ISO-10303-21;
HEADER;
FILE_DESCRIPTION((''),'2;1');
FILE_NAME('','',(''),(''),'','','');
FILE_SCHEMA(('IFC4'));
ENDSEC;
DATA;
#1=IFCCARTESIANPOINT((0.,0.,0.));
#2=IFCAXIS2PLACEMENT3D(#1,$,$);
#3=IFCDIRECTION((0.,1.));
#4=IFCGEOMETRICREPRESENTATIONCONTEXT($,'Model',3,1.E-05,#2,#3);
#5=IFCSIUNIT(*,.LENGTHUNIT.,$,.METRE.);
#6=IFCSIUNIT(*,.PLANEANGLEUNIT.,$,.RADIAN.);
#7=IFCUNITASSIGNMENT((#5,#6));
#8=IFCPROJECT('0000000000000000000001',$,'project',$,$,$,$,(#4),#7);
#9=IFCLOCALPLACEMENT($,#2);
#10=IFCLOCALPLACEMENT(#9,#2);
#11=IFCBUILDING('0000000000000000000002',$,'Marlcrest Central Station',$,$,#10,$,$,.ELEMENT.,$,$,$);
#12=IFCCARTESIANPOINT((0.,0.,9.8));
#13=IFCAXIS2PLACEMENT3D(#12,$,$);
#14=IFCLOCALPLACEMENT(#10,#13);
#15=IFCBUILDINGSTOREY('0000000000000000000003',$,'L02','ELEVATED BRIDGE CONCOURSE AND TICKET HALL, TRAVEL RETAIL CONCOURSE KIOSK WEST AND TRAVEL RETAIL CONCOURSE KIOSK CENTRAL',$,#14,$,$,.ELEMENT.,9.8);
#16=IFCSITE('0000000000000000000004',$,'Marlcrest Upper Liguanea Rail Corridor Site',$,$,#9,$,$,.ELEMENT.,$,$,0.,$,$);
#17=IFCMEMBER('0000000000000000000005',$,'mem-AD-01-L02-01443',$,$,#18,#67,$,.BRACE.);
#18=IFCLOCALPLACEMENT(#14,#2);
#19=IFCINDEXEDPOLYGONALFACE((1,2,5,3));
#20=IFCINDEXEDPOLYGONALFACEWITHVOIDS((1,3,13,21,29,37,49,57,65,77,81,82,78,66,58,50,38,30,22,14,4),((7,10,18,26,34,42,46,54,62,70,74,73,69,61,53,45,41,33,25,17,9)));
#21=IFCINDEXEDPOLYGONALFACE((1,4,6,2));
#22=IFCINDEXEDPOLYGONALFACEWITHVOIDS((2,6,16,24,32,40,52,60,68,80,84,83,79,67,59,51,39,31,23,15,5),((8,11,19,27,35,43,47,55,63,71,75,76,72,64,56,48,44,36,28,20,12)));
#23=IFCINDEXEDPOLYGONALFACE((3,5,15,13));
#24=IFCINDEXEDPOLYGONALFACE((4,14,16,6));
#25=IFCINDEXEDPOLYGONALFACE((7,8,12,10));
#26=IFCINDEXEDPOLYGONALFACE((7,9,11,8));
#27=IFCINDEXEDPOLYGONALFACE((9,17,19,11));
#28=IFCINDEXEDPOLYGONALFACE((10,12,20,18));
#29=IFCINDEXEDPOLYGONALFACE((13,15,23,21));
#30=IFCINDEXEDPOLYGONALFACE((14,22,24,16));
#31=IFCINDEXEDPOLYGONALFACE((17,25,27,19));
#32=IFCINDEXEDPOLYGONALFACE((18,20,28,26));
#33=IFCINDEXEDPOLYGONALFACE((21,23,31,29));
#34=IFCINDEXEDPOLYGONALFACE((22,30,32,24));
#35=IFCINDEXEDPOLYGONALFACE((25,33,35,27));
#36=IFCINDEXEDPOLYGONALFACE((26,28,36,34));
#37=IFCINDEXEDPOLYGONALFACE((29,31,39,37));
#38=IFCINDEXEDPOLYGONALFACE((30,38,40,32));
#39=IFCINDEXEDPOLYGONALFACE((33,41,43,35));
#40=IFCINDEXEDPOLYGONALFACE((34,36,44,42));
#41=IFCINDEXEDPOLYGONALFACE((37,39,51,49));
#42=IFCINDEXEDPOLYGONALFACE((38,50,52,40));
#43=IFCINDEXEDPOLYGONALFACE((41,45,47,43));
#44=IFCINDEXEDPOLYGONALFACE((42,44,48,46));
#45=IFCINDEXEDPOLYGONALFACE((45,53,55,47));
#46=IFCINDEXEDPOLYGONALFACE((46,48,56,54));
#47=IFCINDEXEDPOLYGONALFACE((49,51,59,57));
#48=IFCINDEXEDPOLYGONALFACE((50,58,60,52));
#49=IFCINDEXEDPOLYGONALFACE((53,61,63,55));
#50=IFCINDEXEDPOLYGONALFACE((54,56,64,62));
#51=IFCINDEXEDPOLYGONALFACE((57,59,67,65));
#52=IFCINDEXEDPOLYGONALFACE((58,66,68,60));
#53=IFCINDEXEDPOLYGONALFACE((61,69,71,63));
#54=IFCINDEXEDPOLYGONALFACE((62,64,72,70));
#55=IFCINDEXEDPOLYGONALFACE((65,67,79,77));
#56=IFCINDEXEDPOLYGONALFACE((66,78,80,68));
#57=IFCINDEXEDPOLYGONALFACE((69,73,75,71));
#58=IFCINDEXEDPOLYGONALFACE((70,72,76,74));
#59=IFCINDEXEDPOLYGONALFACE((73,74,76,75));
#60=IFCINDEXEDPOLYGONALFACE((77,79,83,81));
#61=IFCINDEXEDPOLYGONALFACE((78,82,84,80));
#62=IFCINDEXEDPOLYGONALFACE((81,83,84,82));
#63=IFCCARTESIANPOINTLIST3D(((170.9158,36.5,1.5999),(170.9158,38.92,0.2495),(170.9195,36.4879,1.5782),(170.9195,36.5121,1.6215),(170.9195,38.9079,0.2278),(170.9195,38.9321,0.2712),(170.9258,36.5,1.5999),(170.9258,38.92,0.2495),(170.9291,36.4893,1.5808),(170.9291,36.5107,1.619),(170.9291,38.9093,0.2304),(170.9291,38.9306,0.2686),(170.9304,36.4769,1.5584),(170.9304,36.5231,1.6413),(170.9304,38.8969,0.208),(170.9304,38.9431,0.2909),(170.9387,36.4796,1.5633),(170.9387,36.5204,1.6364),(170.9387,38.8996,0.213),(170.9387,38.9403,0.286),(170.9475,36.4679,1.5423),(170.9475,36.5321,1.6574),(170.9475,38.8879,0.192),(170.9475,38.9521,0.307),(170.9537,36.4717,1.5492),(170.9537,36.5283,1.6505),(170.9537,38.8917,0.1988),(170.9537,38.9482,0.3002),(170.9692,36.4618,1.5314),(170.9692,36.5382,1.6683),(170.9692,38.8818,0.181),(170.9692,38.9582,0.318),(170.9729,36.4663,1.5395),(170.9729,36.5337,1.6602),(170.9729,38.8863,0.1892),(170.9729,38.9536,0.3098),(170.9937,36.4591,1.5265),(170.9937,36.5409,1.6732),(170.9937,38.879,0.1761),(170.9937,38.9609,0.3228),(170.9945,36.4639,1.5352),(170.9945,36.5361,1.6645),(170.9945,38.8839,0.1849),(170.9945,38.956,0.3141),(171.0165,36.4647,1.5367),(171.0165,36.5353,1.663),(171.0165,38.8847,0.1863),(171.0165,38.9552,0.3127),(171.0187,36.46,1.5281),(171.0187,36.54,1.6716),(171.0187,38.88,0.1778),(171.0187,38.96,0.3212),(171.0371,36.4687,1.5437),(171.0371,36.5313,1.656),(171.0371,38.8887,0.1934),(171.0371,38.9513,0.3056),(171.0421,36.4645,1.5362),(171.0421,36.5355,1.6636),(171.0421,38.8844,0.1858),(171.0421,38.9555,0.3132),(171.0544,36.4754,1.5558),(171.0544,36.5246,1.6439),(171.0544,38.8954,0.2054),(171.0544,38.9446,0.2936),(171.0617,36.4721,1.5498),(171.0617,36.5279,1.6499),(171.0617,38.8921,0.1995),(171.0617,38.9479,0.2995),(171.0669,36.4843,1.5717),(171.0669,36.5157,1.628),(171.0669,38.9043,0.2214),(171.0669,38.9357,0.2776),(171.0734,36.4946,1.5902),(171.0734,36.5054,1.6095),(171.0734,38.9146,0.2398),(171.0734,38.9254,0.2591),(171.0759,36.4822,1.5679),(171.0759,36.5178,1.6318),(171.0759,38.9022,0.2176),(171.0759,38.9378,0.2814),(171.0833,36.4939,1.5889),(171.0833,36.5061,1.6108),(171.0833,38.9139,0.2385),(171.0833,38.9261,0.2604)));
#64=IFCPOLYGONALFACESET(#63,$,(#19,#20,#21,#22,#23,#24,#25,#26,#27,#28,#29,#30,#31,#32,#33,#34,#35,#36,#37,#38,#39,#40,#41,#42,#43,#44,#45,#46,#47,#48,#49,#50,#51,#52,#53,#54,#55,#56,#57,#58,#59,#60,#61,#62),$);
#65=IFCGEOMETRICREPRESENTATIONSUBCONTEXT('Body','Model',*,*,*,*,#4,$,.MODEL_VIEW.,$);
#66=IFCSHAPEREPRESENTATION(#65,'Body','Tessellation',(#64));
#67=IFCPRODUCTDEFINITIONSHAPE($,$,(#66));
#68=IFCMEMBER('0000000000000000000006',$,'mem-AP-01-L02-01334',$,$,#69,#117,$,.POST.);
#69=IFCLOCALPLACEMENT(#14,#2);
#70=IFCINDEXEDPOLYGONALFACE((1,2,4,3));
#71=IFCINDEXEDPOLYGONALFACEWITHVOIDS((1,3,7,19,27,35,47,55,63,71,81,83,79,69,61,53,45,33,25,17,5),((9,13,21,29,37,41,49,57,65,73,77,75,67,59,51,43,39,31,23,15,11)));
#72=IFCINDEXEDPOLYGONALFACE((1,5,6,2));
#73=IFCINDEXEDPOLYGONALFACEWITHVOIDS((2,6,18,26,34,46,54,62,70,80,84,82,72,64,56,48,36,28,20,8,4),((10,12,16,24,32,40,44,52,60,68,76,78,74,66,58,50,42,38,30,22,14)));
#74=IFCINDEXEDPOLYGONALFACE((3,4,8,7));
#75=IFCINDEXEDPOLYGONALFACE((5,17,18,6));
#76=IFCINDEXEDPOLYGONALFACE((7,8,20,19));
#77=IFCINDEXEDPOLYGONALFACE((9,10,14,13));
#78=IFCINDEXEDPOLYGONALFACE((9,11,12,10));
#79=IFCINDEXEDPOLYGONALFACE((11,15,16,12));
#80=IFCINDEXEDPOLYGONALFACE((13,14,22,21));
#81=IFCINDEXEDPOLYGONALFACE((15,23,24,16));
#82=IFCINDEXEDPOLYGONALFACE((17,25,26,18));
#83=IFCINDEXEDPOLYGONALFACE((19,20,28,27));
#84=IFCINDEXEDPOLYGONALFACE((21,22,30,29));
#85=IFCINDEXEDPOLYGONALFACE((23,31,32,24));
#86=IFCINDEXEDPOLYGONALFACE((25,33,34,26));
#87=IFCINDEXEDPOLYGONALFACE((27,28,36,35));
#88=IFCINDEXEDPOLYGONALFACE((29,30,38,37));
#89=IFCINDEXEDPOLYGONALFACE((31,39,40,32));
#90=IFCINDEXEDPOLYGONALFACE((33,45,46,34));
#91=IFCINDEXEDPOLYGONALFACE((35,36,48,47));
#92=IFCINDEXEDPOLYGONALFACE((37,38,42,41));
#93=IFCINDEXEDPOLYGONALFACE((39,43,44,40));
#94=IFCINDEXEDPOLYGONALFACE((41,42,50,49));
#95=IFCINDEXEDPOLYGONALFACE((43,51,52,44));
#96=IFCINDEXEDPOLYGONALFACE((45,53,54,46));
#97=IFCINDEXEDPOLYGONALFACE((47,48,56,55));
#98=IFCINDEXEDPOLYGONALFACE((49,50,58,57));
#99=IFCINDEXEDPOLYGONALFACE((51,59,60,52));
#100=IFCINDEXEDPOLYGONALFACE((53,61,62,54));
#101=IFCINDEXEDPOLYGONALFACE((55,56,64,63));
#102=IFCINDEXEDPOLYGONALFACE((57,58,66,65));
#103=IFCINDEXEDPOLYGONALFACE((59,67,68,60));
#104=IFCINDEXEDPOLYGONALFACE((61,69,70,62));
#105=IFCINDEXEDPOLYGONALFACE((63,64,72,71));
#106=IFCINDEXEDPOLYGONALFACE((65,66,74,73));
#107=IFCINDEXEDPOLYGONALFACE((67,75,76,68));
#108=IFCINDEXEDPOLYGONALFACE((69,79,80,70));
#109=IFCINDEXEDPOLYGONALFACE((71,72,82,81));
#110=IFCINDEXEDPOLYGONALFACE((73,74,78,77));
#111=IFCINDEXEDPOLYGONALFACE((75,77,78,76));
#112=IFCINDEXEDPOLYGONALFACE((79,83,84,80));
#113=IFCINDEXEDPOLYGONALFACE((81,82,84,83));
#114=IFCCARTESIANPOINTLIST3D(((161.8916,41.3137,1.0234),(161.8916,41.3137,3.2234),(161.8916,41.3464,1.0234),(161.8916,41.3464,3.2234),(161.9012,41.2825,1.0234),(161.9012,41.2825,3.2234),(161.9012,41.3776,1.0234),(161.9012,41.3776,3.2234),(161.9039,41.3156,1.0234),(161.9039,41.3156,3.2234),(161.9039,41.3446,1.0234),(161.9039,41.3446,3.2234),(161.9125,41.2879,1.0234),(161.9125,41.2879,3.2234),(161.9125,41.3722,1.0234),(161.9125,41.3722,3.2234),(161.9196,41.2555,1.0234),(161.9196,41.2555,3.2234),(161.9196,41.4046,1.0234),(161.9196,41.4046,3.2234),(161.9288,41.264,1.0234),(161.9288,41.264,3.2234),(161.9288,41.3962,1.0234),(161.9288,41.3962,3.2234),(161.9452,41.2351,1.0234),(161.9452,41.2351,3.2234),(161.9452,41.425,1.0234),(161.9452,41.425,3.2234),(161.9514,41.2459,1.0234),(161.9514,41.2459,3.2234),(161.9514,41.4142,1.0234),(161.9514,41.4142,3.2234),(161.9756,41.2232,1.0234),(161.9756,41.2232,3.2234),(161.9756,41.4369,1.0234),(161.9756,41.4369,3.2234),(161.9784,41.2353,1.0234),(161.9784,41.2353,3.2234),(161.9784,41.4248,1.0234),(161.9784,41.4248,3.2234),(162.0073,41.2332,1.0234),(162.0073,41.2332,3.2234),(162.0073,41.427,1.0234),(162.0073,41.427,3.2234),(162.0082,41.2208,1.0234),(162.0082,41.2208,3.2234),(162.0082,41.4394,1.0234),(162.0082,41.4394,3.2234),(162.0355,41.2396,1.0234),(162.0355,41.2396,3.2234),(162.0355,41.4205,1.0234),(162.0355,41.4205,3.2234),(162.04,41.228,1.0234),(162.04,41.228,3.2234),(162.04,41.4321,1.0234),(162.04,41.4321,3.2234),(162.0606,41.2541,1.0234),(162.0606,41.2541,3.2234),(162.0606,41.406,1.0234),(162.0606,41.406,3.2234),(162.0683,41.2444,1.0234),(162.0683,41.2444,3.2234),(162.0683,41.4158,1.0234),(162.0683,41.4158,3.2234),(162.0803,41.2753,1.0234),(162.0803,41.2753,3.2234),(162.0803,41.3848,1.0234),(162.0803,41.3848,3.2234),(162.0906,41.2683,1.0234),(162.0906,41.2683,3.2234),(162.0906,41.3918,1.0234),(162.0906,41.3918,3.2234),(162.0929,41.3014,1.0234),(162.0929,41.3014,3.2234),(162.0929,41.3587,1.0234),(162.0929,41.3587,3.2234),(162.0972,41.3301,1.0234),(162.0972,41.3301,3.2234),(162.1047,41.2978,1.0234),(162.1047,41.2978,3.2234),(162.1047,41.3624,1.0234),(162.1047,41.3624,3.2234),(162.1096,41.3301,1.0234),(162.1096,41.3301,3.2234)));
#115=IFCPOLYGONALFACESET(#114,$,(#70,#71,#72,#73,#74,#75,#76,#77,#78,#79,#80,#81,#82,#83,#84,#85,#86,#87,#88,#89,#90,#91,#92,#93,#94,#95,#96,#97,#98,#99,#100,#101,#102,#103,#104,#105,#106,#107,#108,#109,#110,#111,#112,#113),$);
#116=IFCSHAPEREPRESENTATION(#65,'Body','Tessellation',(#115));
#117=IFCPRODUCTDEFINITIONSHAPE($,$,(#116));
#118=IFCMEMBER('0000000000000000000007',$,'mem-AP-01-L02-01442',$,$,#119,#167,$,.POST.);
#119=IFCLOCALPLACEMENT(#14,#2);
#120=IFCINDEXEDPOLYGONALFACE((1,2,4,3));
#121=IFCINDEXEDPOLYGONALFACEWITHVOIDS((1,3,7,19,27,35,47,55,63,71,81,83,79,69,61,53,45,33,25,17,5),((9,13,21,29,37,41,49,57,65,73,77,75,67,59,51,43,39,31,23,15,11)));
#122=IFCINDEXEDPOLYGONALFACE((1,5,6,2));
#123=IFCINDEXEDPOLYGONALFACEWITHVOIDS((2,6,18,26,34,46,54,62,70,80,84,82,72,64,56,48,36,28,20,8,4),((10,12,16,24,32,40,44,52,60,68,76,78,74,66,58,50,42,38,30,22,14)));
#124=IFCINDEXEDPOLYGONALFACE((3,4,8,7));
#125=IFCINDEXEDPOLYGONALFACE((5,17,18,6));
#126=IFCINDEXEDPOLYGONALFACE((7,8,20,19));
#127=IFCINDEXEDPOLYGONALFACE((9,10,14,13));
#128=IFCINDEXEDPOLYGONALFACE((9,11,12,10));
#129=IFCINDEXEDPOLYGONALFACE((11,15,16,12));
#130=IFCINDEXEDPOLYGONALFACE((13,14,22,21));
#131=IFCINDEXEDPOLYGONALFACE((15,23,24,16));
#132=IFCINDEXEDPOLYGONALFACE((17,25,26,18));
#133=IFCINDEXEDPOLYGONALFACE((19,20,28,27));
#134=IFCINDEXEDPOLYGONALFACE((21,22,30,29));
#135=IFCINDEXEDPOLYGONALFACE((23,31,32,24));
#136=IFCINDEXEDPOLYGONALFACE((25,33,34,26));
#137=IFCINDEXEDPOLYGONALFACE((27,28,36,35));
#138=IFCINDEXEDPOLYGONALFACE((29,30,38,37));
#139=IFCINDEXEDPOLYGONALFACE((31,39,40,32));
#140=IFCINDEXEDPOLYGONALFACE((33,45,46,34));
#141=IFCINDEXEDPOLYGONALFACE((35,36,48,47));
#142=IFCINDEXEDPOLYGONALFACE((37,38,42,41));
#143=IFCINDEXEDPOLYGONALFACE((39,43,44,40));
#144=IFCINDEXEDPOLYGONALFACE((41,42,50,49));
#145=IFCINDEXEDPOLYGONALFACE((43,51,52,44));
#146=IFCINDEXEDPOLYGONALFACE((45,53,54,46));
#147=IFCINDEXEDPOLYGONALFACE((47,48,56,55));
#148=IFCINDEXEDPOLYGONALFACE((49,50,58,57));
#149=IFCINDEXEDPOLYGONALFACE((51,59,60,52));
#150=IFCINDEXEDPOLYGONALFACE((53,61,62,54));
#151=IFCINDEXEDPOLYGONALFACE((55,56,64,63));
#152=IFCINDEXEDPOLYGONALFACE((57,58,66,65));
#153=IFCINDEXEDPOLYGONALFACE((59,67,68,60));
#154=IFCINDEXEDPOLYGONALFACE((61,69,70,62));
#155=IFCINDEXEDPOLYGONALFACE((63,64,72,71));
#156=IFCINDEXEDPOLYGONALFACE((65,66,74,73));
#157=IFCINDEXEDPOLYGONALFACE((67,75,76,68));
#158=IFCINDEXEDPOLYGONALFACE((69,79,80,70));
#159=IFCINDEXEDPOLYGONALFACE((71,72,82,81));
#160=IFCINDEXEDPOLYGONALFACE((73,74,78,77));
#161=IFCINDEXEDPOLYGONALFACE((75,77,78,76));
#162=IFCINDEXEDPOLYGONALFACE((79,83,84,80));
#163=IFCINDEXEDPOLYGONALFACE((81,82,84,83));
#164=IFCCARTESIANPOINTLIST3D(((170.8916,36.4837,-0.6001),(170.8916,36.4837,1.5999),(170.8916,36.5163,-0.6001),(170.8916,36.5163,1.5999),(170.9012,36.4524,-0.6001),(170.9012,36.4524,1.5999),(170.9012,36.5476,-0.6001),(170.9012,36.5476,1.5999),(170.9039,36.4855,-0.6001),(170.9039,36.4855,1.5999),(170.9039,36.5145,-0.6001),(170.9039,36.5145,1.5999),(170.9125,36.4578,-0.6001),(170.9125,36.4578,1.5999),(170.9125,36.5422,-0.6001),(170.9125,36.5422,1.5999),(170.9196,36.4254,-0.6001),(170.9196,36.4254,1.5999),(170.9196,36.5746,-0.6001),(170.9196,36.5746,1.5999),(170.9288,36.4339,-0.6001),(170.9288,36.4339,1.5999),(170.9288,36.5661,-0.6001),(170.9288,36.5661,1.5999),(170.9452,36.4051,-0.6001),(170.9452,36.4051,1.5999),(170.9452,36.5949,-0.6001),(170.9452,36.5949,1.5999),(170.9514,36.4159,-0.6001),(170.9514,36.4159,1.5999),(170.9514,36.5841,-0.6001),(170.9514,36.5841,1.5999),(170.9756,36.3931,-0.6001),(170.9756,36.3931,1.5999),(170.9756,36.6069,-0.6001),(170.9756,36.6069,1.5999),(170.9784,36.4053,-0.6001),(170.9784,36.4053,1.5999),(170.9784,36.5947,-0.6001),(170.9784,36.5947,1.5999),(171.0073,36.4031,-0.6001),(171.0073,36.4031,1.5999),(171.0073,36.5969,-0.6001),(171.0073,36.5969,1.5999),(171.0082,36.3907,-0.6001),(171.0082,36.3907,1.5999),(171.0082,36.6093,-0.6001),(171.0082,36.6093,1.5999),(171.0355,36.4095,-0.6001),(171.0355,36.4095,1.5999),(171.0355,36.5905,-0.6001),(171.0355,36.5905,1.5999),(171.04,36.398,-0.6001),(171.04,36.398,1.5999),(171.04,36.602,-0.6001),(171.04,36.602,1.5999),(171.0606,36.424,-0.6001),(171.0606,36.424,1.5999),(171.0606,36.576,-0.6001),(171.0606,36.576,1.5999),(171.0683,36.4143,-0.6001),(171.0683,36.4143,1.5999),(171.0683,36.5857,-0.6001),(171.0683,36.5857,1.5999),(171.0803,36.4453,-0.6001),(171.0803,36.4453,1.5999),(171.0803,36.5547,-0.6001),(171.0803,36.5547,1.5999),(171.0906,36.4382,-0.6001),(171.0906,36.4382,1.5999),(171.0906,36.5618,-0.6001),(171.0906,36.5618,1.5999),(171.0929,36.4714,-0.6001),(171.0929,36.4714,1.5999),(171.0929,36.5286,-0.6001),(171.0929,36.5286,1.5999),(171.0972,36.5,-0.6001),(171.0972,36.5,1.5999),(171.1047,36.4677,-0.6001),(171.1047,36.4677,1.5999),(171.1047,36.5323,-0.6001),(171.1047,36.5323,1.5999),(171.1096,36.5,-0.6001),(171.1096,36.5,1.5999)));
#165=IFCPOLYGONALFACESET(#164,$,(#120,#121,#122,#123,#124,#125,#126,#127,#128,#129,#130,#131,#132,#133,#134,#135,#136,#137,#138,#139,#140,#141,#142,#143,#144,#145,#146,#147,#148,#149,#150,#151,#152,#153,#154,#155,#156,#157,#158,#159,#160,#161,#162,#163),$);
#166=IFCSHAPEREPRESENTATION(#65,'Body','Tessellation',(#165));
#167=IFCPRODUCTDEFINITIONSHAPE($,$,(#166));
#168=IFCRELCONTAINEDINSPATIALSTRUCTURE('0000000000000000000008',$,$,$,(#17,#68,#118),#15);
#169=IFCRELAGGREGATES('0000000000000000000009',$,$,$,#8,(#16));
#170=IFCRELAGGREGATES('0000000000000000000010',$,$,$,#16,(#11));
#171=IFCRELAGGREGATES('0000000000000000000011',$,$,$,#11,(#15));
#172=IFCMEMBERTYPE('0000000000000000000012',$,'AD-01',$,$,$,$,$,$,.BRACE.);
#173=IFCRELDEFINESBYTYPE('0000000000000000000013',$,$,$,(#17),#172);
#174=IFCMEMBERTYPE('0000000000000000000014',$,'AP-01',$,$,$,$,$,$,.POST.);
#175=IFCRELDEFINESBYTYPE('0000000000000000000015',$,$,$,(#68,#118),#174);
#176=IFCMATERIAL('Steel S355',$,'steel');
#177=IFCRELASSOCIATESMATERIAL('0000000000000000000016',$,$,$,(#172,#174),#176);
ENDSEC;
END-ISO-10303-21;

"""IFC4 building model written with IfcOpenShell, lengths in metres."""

from ifc_helpers import new_model, si_unit, direction, frame, origin, origin_2d, place, context, subcontext, project, spatial, hollow_circle, extrude, material, material_profile, profile_set, type_object, element, save


model = new_model("IFC4")

# Units and contexts
model_context = context("Model", 3, precision=1e-05, world=origin(), true_north=direction((0.0, 1.0)))
body_context = subcontext(model_context, "Body", "Model", "MODEL_VIEW")
ifc_project = project(units=[si_unit("LENGTHUNIT", "METRE"), si_unit("PLANEANGLEUNIT", "RADIAN")], contexts=[model_context])

# Site, building, storey
site_placement = place(None, origin())
site = spatial("IfcSite", under=ifc_project, at=site_placement, Name="Marlcrest Upper Liguanea Rail Corridor Site", CompositionType="ELEMENT", RefElevation=0.0)
building_placement = place(site_placement, origin())
building = spatial("IfcBuilding", under=site, at=building_placement, Name="Marlcrest Central Station", CompositionType="ELEMENT")
storey_placement = place(building_placement, frame((0.0, 0.0, 9.8)))
storey = spatial("IfcBuildingStorey", under=building, at=storey_placement, Name="L02", Description="ELEVATED BRIDGE CONCOURSE AND TICKET HALL, TRAVEL RETAIL CONCOURSE KIOSK WEST AND TRAVEL RETAIL CONCOURSE KIOSK CENTRAL", CompositionType="ELEMENT", Elevation=9.8)

# Members
ifc_material_1 = material(Name="Steel S355", Category="steel")
ifc_material_profile_1 = material_profile(ifc_material_1, hollow_circle(Radius=0.0842, WallThickness=0.01, at=origin_2d()), Name="CHS 168.3x10")
ifc_profile_set_1 = profile_set([ifc_material_profile_1], Name="Steel S355")
member_type_1 = type_object("IfcMemberType", Name="AD-01", PredefinedType="BRACE", material=ifc_profile_set_1)
member_1_placement = place(storey_placement, frame((171.0, 36.5, 1.5999), z_axis=(0.0, 0.873246, -0.48728), x_axis=(-1.0, 0.0, 0.0)))
element("IfcMember", 1, at=member_1_placement, inside=storey, type_object=member_type_1, Name="mem-AD-01-L02-01443", PredefinedType="BRACE", context=body_context, shape_type="SweptSolid", body=[
    extrude(hollow_circle(Radius=0.0842, WallThickness=0.01, at=origin_2d()), origin(), (0.0, 0.0, 1.0), 2.7712),
])
ifc_material_profile_2 = material_profile(ifc_material_1, hollow_circle(Radius=0.1096, WallThickness=0.0125, at=origin_2d()), Name="CHS 219.1x12.5")
ifc_profile_set_2 = profile_set([ifc_material_profile_2], Name="Steel S355")
member_type_2 = type_object("IfcMemberType", Name="AP-01", PredefinedType="POST", material=ifc_profile_set_2)
for number, where, z_axis, x_axis, name in (
    (2, (162.0, 41.3301, 1.0234), (0.0, 0.0, 1.0), (1.0, 0.0, 0.0), "mem-AP-01-L02-01334"),
    (3, (171.0, 36.5, -0.6001), (0.0, 0.0, 1.0), (1.0, 0.0, 0.0), "mem-AP-01-L02-01442"),
):
    element("IfcMember", number, at=place(storey_placement, frame(where, z_axis=z_axis, x_axis=x_axis)), inside=storey, type_object=member_type_2, Name=name, PredefinedType="POST", context=body_context, shape_type="SweptSolid", body=[
        extrude(hollow_circle(Radius=0.1096, WallThickness=0.0125, at=origin_2d()), origin(), (0.0, 0.0, 1.0), 2.2),
    ])

save(model, "model.ifc")
